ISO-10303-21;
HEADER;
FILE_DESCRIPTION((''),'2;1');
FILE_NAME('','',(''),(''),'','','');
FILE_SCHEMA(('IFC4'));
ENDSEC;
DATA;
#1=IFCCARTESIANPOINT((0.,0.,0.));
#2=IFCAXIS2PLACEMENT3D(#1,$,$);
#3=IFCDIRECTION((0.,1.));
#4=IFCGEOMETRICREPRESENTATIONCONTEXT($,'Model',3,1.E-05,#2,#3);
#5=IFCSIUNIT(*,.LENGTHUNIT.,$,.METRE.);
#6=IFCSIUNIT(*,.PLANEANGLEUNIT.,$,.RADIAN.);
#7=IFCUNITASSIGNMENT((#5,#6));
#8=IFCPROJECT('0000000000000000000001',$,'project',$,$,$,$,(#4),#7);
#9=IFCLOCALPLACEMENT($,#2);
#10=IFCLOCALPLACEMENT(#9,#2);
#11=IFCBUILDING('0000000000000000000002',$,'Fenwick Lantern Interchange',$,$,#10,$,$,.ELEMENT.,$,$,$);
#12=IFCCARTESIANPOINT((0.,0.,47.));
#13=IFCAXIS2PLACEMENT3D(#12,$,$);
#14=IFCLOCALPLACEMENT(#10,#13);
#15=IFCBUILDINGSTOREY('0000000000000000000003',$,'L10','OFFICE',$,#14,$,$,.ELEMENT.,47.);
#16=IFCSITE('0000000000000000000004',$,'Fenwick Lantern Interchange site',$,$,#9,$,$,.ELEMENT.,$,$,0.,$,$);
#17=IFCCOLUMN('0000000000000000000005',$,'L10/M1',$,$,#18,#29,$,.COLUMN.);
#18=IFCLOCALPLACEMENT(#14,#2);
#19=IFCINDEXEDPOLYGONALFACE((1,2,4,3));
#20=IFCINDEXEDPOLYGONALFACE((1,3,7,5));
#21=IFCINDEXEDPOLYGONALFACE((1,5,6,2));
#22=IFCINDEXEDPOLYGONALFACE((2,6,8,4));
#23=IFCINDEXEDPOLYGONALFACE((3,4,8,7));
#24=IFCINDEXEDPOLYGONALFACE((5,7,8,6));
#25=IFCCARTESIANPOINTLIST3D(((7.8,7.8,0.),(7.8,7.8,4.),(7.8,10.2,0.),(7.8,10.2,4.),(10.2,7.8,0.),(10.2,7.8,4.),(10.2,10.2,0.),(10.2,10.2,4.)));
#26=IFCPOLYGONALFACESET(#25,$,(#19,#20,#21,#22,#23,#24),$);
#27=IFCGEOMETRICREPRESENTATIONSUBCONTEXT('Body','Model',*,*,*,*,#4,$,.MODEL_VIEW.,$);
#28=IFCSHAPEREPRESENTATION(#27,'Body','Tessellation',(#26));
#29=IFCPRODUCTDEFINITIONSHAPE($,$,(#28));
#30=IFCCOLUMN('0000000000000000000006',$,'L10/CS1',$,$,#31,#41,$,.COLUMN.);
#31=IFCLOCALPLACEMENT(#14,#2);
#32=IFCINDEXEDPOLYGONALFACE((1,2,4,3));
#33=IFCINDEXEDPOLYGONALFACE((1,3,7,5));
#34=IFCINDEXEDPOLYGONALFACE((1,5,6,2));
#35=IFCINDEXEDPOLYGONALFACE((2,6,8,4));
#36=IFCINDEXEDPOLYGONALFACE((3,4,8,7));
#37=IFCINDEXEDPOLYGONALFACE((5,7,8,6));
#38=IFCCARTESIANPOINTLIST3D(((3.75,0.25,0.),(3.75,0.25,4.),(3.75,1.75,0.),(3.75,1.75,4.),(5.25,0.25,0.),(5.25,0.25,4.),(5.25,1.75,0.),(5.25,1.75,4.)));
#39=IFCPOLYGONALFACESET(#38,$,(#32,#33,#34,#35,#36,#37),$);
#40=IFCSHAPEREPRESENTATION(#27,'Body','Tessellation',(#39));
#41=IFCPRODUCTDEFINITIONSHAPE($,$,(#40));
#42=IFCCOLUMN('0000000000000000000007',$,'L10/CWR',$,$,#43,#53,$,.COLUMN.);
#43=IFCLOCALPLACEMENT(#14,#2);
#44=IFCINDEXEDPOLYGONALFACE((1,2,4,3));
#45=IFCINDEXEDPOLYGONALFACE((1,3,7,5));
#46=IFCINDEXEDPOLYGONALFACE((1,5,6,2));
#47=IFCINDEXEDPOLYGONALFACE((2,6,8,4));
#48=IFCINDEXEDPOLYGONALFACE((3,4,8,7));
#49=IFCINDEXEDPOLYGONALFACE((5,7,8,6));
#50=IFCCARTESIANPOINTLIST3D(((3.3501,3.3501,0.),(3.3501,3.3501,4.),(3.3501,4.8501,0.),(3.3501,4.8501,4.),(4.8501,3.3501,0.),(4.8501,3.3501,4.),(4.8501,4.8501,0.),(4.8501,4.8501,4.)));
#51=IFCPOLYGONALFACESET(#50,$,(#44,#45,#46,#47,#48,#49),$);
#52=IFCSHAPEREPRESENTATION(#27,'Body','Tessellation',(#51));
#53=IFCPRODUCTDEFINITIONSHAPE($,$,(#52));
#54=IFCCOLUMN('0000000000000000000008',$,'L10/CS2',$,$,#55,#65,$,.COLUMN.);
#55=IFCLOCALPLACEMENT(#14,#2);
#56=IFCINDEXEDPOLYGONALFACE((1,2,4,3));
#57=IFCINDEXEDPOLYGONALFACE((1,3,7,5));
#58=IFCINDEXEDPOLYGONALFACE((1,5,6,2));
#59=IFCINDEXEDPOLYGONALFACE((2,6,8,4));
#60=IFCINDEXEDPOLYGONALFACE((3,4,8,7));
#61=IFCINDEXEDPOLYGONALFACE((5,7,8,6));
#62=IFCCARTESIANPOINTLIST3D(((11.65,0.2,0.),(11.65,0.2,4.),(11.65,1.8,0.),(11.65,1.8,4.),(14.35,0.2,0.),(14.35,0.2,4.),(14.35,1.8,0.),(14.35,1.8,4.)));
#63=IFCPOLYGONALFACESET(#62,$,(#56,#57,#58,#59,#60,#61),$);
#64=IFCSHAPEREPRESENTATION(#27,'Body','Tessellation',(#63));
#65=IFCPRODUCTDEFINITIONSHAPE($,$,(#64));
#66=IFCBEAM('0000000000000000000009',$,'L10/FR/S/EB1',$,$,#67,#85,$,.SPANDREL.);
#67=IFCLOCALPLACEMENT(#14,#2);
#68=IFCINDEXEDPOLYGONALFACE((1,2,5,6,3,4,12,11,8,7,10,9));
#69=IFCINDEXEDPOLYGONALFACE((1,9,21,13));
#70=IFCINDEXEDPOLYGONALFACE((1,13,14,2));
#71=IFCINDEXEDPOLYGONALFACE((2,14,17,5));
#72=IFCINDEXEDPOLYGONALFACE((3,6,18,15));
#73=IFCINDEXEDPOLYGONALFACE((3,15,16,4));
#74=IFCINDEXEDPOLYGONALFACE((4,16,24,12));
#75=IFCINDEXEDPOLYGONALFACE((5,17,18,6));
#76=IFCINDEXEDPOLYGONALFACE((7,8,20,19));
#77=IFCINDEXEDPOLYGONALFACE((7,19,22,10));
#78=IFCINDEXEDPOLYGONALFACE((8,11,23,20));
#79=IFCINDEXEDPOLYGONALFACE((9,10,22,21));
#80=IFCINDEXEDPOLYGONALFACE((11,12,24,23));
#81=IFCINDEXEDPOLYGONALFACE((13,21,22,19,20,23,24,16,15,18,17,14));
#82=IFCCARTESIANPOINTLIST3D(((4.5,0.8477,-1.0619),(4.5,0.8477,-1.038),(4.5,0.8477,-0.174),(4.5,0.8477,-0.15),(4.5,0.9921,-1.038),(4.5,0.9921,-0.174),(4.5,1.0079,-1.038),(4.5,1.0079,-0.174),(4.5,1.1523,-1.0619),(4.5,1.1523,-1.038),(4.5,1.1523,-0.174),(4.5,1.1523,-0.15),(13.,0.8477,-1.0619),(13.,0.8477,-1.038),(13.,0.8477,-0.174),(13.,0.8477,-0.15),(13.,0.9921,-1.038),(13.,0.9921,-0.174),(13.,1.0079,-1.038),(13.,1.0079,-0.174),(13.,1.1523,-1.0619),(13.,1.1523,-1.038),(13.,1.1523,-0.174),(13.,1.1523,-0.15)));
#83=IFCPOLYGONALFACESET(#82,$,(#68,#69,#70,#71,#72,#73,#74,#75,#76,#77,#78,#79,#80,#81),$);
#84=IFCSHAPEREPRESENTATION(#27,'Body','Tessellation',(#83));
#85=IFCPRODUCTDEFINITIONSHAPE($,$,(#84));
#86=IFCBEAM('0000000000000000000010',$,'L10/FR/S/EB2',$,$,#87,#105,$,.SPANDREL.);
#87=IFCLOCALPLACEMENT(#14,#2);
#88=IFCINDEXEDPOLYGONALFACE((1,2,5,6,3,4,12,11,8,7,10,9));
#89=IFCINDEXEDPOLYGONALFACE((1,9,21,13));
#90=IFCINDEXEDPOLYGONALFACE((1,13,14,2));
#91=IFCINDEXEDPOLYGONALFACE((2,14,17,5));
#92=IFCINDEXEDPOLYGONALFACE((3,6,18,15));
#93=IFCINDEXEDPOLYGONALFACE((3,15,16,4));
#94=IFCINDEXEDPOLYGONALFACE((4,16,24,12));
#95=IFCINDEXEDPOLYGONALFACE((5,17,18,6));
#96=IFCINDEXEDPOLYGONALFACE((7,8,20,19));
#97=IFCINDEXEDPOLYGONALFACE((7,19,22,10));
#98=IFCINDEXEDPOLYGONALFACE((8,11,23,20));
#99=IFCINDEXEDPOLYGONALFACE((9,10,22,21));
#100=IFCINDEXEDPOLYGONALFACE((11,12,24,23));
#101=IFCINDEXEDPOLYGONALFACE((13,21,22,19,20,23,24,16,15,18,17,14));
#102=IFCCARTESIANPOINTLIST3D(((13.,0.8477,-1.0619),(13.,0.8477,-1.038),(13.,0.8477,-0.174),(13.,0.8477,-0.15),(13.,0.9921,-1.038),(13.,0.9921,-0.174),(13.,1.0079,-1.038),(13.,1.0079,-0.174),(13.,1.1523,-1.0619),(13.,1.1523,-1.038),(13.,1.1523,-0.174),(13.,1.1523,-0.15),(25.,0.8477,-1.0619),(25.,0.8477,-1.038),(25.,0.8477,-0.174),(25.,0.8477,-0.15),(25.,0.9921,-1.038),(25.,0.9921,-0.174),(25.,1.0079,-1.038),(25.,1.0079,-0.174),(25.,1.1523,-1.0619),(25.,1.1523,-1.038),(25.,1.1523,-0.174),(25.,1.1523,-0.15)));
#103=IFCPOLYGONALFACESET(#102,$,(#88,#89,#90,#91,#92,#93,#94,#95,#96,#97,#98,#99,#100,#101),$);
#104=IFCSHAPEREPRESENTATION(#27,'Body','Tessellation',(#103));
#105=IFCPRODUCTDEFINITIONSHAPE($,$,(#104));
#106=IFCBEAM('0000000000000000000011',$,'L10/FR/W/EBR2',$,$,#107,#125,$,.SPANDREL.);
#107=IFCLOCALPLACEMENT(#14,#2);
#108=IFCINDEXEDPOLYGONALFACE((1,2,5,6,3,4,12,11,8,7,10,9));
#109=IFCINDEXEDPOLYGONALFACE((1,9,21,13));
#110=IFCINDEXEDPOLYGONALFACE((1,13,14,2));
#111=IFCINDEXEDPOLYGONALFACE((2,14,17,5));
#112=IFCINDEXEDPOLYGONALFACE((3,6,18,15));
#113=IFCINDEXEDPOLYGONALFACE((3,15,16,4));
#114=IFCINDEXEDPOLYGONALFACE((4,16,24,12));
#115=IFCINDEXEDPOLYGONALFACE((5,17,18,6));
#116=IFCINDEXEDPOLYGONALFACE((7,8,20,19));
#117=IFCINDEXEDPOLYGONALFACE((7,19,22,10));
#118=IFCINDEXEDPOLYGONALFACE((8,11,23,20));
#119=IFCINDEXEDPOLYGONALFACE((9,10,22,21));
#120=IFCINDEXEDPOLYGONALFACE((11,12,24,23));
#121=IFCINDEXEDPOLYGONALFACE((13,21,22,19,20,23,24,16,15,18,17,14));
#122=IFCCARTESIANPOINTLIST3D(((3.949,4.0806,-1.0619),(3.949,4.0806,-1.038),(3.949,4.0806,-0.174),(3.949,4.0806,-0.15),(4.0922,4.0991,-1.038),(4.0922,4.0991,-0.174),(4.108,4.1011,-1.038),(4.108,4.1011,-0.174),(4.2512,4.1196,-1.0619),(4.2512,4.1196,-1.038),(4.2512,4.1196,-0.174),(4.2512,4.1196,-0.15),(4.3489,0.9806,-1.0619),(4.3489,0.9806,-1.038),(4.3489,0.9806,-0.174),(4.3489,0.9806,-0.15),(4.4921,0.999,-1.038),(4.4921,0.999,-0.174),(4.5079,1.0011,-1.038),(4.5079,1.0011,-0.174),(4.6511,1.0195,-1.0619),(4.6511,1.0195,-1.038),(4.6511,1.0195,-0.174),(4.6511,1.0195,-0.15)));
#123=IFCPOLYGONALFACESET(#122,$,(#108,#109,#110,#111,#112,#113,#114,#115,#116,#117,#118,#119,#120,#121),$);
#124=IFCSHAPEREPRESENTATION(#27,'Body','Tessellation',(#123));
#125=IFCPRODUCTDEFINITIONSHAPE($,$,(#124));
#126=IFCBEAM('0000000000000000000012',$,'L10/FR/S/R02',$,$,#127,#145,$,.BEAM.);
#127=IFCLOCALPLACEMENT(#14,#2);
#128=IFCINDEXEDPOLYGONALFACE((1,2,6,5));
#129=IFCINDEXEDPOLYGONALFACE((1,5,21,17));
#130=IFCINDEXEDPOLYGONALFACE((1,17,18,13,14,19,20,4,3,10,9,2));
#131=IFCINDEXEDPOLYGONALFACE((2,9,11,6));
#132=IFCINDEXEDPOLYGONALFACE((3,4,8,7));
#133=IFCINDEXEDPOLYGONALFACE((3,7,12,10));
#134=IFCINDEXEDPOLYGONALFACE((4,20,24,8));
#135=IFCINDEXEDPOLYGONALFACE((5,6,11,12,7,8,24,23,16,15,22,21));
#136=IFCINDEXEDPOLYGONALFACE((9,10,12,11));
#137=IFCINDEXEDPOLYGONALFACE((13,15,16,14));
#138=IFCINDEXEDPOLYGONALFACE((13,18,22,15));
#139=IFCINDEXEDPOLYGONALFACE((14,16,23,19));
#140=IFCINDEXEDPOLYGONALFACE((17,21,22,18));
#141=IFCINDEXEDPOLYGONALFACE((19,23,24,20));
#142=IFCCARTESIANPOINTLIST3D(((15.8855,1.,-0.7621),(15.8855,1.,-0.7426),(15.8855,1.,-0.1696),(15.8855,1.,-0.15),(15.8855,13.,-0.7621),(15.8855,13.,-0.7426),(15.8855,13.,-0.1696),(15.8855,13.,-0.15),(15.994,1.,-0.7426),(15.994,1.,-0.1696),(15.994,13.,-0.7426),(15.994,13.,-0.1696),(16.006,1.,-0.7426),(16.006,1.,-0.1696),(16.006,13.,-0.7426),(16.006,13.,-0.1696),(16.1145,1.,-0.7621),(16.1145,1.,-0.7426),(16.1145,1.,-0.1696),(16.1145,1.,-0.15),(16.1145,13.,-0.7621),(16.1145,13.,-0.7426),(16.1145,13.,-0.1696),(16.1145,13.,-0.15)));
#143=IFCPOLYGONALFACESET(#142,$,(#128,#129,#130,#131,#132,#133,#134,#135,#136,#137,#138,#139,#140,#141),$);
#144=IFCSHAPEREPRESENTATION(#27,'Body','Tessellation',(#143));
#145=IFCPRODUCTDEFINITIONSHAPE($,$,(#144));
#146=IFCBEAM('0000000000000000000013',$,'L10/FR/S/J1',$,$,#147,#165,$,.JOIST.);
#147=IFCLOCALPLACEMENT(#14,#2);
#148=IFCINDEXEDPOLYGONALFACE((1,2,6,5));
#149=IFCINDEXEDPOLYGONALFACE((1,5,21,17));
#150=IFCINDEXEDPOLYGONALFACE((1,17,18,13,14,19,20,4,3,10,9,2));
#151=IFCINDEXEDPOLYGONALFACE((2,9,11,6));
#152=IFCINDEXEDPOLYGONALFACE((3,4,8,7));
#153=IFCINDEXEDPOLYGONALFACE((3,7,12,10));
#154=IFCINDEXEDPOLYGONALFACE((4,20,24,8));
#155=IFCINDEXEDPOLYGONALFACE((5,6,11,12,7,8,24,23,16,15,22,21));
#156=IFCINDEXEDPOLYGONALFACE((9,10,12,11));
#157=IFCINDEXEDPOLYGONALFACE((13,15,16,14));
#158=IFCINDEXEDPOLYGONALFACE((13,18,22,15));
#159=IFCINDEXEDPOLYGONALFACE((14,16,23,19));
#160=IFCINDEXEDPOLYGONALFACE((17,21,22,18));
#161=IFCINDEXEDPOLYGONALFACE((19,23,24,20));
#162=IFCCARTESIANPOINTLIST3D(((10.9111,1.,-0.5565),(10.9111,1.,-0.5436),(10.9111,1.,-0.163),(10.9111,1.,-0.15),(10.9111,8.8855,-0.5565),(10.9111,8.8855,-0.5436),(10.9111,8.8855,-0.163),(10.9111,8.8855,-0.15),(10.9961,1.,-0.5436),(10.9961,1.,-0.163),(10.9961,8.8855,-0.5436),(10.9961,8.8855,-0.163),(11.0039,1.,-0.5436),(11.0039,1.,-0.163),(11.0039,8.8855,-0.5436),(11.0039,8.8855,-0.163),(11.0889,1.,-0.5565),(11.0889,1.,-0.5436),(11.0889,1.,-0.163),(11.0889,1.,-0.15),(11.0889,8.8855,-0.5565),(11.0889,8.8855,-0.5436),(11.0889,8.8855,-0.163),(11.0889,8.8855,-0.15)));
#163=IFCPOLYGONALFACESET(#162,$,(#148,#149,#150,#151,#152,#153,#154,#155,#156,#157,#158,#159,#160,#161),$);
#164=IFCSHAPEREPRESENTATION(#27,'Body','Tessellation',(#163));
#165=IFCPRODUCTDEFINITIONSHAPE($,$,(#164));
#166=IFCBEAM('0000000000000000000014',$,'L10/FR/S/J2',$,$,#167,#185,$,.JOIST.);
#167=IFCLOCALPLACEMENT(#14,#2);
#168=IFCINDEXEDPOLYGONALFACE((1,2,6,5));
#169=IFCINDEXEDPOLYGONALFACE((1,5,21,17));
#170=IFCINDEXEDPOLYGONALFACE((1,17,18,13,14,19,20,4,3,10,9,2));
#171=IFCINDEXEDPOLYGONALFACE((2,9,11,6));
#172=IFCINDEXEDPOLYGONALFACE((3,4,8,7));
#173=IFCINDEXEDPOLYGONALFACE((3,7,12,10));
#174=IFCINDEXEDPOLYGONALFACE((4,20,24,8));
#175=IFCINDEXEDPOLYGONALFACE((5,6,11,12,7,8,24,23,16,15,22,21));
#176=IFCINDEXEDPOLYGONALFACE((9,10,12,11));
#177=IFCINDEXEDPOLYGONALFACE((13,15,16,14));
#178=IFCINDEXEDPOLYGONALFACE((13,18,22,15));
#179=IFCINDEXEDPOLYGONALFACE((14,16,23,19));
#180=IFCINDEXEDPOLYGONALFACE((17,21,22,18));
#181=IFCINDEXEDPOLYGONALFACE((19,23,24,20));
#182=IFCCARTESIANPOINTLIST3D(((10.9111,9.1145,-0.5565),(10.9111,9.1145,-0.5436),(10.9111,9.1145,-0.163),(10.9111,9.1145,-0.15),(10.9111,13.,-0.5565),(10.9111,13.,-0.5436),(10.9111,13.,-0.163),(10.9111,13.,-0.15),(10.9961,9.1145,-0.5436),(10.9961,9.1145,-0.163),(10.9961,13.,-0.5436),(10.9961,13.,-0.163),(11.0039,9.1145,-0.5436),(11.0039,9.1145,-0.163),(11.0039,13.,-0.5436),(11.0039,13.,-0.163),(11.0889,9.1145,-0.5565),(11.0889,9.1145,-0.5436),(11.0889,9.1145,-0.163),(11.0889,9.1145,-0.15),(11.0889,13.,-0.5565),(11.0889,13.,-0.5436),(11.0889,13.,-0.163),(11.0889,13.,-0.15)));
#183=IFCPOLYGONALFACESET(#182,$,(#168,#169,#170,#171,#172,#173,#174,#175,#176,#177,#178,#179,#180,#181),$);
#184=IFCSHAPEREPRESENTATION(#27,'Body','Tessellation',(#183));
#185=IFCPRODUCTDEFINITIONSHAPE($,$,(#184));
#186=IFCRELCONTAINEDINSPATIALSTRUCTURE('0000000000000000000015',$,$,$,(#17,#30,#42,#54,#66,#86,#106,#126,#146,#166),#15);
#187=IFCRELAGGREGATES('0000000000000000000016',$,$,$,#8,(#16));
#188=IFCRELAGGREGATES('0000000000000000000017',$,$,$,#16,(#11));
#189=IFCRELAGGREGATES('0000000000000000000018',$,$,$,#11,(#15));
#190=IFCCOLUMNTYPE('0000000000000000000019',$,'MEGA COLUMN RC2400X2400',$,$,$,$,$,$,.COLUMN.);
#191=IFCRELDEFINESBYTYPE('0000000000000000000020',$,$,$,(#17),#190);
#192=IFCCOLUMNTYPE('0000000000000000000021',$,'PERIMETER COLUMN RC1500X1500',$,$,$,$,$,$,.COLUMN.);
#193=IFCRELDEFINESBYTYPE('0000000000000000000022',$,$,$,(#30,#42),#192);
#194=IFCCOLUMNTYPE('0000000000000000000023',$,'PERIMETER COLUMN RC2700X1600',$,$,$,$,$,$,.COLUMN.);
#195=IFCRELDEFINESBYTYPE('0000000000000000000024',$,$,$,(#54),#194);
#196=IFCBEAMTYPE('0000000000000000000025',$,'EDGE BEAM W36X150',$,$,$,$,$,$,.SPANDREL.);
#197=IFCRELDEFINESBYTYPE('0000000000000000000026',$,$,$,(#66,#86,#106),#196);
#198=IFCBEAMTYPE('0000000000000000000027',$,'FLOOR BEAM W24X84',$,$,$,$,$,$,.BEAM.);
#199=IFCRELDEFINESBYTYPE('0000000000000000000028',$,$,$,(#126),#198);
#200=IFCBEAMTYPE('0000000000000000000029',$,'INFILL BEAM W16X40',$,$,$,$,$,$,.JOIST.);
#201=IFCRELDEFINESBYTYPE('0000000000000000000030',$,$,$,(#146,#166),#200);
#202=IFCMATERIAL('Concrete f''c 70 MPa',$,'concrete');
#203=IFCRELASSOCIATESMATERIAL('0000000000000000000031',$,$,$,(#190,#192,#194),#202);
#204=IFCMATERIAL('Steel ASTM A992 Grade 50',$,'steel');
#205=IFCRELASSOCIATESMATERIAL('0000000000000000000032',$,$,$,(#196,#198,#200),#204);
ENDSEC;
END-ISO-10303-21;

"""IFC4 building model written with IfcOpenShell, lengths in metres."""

from ifc_helpers import new_model, si_unit, direction, frame, origin, origin_2d, place, context, subcontext, project, spatial, rectangle, i_section, extrude, material, material_profile, profile_set, type_object, element, save


model = new_model("IFC4")

# Units and contexts
model_context = context("Model", 3, precision=1e-05, world=origin(), true_north=direction((0.0, 1.0)))
body_context = subcontext(model_context, "Body", "Model", "MODEL_VIEW")
ifc_project = project(units=[si_unit("LENGTHUNIT", "METRE"), si_unit("PLANEANGLEUNIT", "RADIAN")], contexts=[model_context])

# Site, building, storey
site_placement = place(None, origin())
site = spatial("IfcSite", under=ifc_project, at=site_placement, Name="Fenwick Lantern Interchange site", CompositionType="ELEMENT", RefElevation=0.0)
building_placement = place(site_placement, origin())
building = spatial("IfcBuilding", under=site, at=building_placement, Name="Fenwick Lantern Interchange", CompositionType="ELEMENT")
storey_placement = place(building_placement, frame((0.0, 0.0, 47.0)))
storey = spatial("IfcBuildingStorey", under=building, at=storey_placement, Name="L10", Description="OFFICE", CompositionType="ELEMENT", Elevation=47.0)

# Columns
ifc_material_1 = material(Name="Concrete f'c 70 MPa", Category="concrete")
ifc_material_profile_1 = material_profile(ifc_material_1, rectangle(XDim=2.3999, YDim=2.3999, at=origin_2d()), Name="RC2400X2400")
ifc_profile_set_1 = profile_set([ifc_material_profile_1], Name="Concrete f'c 70 MPa")
column_type_1 = type_object("IfcColumnType", Name="MEGA COLUMN RC2400X2400", PredefinedType="COLUMN", material=ifc_profile_set_1)
column_1_placement = place(storey_placement, frame((9.0, 9.0, 0.0), z_axis=(0.0, 0.0, 1.0), x_axis=(1.0, 0.0, 0.0)))
element("IfcColumn", 1, at=column_1_placement, inside=storey, type_object=column_type_1, Name="L10/M1", PredefinedType="COLUMN", context=body_context, shape_type="SweptSolid", body=[
    extrude(rectangle(XDim=2.3999, YDim=2.3999, at=origin_2d()), origin(), (0.0, 0.0, 1.0), 4.0),
])
ifc_material_profile_2 = material_profile(ifc_material_1, rectangle(XDim=1.5, YDim=1.5, at=origin_2d()), Name="RC1500X1500")
ifc_profile_set_2 = profile_set([ifc_material_profile_2], Name="Concrete f'c 70 MPa")
column_type_2 = type_object("IfcColumnType", Name="PERIMETER COLUMN RC1500X1500", PredefinedType="COLUMN", material=ifc_profile_set_2)
for number, where, z_axis, x_axis, name in (
    (2, (4.5, 1.0, 0.0), (0.0, 0.0, 1.0), (1.0, 0.0, 0.0), "L10/CS1"),
    (3, (4.1001, 4.1001, 0.0), (0.0, 0.0, 1.0), (1.0, 0.0, 0.0), "L10/CWR"),
):
    element("IfcColumn", number, at=place(storey_placement, frame(where, z_axis=z_axis, x_axis=x_axis)), inside=storey, type_object=column_type_2, Name=name, PredefinedType="COLUMN", context=body_context, shape_type="SweptSolid", body=[
        extrude(rectangle(XDim=1.5, YDim=1.5, at=origin_2d()), origin(), (0.0, 0.0, 1.0), 4.0),
    ])
ifc_material_profile_3 = material_profile(ifc_material_1, rectangle(XDim=2.7, YDim=1.6001, at=origin_2d()), Name="RC2700X1600")
ifc_profile_set_3 = profile_set([ifc_material_profile_3], Name="Concrete f'c 70 MPa")
column_type_3 = type_object("IfcColumnType", Name="PERIMETER COLUMN RC2700X1600", PredefinedType="COLUMN", material=ifc_profile_set_3)
column_2_placement = place(storey_placement, frame((13.0, 1.0, 0.0), z_axis=(0.0, 0.0, 1.0), x_axis=(1.0, 0.0, 0.0)))
element("IfcColumn", 4, at=column_2_placement, inside=storey, type_object=column_type_3, Name="L10/CS2", PredefinedType="COLUMN", context=body_context, shape_type="SweptSolid", body=[
    extrude(rectangle(XDim=2.7, YDim=1.6001, at=origin_2d()), origin(), (0.0, 0.0, 1.0), 4.0),
])

# Beams
ifc_material_2 = material(Name="Steel ASTM A992 Grade 50", Category="steel")
ifc_material_profile_4 = material_profile(ifc_material_2, i_section(OverallWidth=0.3047, OverallDepth=0.9119, WebThickness=0.0159, FlangeThickness=0.0239, at=origin_2d()), Name="W36X150")
ifc_profile_set_4 = profile_set([ifc_material_profile_4], Name="Steel ASTM A992 Grade 50")
beam_type_1 = type_object("IfcBeamType", Name="EDGE BEAM W36X150", PredefinedType="SPANDREL", material=ifc_profile_set_4)
beam_1_placement = place(storey_placement, frame((4.5, 1.0, -0.606), z_axis=(1.0, 0.0, 0.0), x_axis=(0.0, 1.0, 0.0)))
element("IfcBeam", 5, at=beam_1_placement, inside=storey, type_object=beam_type_1, Name="L10/FR/S/EB1", PredefinedType="SPANDREL", context=body_context, shape_type="SweptSolid", body=[
    extrude(i_section(OverallWidth=0.3047, OverallDepth=0.9119, WebThickness=0.0159, FlangeThickness=0.0239, at=origin_2d()), origin(), (0.0, 0.0, 1.0), 8.5),
])
beam_2_placement = place(storey_placement, frame((13.0, 1.0, -0.606), z_axis=(1.0, 0.0, 0.0), x_axis=(0.0, 1.0, 0.0)))
element("IfcBeam", 6, at=beam_2_placement, inside=storey, type_object=beam_type_1, Name="L10/FR/S/EB2", PredefinedType="SPANDREL", context=body_context, shape_type="SweptSolid", body=[
    extrude(i_section(OverallWidth=0.3047, OverallDepth=0.9119, WebThickness=0.0159, FlangeThickness=0.0239, at=origin_2d()), origin(), (0.0, 0.0, 1.0), 12.0),
])
beam_3_placement = place(storey_placement, frame((4.1001, 4.1001, -0.606), z_axis=(0.127937, -0.991782, 0.0), x_axis=(0.991782, 0.127937, 0.0)))
element("IfcBeam", 7, at=beam_3_placement, inside=storey, type_object=beam_type_1, Name="L10/FR/W/EBR2", PredefinedType="SPANDREL", context=body_context, shape_type="SweptSolid", body=[
    extrude(i_section(OverallWidth=0.3047, OverallDepth=0.9119, WebThickness=0.0159, FlangeThickness=0.0239, at=origin_2d()), origin(), (0.0, 0.0, 1.0), 3.1257),
])
ifc_material_profile_5 = material_profile(ifc_material_2, i_section(OverallWidth=0.229, OverallDepth=0.6121, WebThickness=0.012, FlangeThickness=0.0195, at=origin_2d()), Name="W24X84")
ifc_profile_set_5 = profile_set([ifc_material_profile_5], Name="Steel ASTM A992 Grade 50")
beam_type_2 = type_object("IfcBeamType", Name="FLOOR BEAM W24X84", PredefinedType="BEAM", material=ifc_profile_set_5)
beam_4_placement = place(storey_placement, frame((16.0, 1.0, -0.4561), z_axis=(0.0, 1.0, 0.0), x_axis=(-1.0, 0.0, 0.0)))
element("IfcBeam", 8, at=beam_4_placement, inside=storey, type_object=beam_type_2, Name="L10/FR/S/R02", PredefinedType="BEAM", context=body_context, shape_type="SweptSolid", body=[
    extrude(i_section(OverallWidth=0.229, OverallDepth=0.6121, WebThickness=0.012, FlangeThickness=0.0195, at=origin_2d()), origin(), (0.0, 0.0, 1.0), 12.0),
])
ifc_material_profile_6 = material_profile(ifc_material_2, i_section(OverallWidth=0.1777, OverallDepth=0.4065, WebThickness=0.0078, FlangeThickness=0.0129, at=origin_2d()), Name="W16X40")
ifc_profile_set_6 = profile_set([ifc_material_profile_6], Name="Steel ASTM A992 Grade 50")
beam_type_3 = type_object("IfcBeamType", Name="INFILL BEAM W16X40", PredefinedType="JOIST", material=ifc_profile_set_6)
beam_5_placement = place(storey_placement, frame((11.0, 1.0, -0.3533), z_axis=(0.0, 1.0, 0.0), x_axis=(-1.0, 0.0, 0.0)))
element("IfcBeam", 9, at=beam_5_placement, inside=storey, type_object=beam_type_3, Name="L10/FR/S/J1", PredefinedType="JOIST", context=body_context, shape_type="SweptSolid", body=[
    extrude(i_section(OverallWidth=0.1777, OverallDepth=0.4065, WebThickness=0.0078, FlangeThickness=0.0129, at=origin_2d()), origin(), (0.0, 0.0, 1.0), 7.8855),
])
beam_6_placement = place(storey_placement, frame((11.0, 9.1145, -0.3533), z_axis=(0.0, 1.0, 0.0), x_axis=(-1.0, 0.0, 0.0)))
element("IfcBeam", 10, at=beam_6_placement, inside=storey, type_object=beam_type_3, Name="L10/FR/S/J2", PredefinedType="JOIST", context=body_context, shape_type="SweptSolid", body=[
    extrude(i_section(OverallWidth=0.1777, OverallDepth=0.4065, WebThickness=0.0078, FlangeThickness=0.0129, at=origin_2d()), origin(), (0.0, 0.0, 1.0), 3.8855),
])

save(model, "model.ifc")
